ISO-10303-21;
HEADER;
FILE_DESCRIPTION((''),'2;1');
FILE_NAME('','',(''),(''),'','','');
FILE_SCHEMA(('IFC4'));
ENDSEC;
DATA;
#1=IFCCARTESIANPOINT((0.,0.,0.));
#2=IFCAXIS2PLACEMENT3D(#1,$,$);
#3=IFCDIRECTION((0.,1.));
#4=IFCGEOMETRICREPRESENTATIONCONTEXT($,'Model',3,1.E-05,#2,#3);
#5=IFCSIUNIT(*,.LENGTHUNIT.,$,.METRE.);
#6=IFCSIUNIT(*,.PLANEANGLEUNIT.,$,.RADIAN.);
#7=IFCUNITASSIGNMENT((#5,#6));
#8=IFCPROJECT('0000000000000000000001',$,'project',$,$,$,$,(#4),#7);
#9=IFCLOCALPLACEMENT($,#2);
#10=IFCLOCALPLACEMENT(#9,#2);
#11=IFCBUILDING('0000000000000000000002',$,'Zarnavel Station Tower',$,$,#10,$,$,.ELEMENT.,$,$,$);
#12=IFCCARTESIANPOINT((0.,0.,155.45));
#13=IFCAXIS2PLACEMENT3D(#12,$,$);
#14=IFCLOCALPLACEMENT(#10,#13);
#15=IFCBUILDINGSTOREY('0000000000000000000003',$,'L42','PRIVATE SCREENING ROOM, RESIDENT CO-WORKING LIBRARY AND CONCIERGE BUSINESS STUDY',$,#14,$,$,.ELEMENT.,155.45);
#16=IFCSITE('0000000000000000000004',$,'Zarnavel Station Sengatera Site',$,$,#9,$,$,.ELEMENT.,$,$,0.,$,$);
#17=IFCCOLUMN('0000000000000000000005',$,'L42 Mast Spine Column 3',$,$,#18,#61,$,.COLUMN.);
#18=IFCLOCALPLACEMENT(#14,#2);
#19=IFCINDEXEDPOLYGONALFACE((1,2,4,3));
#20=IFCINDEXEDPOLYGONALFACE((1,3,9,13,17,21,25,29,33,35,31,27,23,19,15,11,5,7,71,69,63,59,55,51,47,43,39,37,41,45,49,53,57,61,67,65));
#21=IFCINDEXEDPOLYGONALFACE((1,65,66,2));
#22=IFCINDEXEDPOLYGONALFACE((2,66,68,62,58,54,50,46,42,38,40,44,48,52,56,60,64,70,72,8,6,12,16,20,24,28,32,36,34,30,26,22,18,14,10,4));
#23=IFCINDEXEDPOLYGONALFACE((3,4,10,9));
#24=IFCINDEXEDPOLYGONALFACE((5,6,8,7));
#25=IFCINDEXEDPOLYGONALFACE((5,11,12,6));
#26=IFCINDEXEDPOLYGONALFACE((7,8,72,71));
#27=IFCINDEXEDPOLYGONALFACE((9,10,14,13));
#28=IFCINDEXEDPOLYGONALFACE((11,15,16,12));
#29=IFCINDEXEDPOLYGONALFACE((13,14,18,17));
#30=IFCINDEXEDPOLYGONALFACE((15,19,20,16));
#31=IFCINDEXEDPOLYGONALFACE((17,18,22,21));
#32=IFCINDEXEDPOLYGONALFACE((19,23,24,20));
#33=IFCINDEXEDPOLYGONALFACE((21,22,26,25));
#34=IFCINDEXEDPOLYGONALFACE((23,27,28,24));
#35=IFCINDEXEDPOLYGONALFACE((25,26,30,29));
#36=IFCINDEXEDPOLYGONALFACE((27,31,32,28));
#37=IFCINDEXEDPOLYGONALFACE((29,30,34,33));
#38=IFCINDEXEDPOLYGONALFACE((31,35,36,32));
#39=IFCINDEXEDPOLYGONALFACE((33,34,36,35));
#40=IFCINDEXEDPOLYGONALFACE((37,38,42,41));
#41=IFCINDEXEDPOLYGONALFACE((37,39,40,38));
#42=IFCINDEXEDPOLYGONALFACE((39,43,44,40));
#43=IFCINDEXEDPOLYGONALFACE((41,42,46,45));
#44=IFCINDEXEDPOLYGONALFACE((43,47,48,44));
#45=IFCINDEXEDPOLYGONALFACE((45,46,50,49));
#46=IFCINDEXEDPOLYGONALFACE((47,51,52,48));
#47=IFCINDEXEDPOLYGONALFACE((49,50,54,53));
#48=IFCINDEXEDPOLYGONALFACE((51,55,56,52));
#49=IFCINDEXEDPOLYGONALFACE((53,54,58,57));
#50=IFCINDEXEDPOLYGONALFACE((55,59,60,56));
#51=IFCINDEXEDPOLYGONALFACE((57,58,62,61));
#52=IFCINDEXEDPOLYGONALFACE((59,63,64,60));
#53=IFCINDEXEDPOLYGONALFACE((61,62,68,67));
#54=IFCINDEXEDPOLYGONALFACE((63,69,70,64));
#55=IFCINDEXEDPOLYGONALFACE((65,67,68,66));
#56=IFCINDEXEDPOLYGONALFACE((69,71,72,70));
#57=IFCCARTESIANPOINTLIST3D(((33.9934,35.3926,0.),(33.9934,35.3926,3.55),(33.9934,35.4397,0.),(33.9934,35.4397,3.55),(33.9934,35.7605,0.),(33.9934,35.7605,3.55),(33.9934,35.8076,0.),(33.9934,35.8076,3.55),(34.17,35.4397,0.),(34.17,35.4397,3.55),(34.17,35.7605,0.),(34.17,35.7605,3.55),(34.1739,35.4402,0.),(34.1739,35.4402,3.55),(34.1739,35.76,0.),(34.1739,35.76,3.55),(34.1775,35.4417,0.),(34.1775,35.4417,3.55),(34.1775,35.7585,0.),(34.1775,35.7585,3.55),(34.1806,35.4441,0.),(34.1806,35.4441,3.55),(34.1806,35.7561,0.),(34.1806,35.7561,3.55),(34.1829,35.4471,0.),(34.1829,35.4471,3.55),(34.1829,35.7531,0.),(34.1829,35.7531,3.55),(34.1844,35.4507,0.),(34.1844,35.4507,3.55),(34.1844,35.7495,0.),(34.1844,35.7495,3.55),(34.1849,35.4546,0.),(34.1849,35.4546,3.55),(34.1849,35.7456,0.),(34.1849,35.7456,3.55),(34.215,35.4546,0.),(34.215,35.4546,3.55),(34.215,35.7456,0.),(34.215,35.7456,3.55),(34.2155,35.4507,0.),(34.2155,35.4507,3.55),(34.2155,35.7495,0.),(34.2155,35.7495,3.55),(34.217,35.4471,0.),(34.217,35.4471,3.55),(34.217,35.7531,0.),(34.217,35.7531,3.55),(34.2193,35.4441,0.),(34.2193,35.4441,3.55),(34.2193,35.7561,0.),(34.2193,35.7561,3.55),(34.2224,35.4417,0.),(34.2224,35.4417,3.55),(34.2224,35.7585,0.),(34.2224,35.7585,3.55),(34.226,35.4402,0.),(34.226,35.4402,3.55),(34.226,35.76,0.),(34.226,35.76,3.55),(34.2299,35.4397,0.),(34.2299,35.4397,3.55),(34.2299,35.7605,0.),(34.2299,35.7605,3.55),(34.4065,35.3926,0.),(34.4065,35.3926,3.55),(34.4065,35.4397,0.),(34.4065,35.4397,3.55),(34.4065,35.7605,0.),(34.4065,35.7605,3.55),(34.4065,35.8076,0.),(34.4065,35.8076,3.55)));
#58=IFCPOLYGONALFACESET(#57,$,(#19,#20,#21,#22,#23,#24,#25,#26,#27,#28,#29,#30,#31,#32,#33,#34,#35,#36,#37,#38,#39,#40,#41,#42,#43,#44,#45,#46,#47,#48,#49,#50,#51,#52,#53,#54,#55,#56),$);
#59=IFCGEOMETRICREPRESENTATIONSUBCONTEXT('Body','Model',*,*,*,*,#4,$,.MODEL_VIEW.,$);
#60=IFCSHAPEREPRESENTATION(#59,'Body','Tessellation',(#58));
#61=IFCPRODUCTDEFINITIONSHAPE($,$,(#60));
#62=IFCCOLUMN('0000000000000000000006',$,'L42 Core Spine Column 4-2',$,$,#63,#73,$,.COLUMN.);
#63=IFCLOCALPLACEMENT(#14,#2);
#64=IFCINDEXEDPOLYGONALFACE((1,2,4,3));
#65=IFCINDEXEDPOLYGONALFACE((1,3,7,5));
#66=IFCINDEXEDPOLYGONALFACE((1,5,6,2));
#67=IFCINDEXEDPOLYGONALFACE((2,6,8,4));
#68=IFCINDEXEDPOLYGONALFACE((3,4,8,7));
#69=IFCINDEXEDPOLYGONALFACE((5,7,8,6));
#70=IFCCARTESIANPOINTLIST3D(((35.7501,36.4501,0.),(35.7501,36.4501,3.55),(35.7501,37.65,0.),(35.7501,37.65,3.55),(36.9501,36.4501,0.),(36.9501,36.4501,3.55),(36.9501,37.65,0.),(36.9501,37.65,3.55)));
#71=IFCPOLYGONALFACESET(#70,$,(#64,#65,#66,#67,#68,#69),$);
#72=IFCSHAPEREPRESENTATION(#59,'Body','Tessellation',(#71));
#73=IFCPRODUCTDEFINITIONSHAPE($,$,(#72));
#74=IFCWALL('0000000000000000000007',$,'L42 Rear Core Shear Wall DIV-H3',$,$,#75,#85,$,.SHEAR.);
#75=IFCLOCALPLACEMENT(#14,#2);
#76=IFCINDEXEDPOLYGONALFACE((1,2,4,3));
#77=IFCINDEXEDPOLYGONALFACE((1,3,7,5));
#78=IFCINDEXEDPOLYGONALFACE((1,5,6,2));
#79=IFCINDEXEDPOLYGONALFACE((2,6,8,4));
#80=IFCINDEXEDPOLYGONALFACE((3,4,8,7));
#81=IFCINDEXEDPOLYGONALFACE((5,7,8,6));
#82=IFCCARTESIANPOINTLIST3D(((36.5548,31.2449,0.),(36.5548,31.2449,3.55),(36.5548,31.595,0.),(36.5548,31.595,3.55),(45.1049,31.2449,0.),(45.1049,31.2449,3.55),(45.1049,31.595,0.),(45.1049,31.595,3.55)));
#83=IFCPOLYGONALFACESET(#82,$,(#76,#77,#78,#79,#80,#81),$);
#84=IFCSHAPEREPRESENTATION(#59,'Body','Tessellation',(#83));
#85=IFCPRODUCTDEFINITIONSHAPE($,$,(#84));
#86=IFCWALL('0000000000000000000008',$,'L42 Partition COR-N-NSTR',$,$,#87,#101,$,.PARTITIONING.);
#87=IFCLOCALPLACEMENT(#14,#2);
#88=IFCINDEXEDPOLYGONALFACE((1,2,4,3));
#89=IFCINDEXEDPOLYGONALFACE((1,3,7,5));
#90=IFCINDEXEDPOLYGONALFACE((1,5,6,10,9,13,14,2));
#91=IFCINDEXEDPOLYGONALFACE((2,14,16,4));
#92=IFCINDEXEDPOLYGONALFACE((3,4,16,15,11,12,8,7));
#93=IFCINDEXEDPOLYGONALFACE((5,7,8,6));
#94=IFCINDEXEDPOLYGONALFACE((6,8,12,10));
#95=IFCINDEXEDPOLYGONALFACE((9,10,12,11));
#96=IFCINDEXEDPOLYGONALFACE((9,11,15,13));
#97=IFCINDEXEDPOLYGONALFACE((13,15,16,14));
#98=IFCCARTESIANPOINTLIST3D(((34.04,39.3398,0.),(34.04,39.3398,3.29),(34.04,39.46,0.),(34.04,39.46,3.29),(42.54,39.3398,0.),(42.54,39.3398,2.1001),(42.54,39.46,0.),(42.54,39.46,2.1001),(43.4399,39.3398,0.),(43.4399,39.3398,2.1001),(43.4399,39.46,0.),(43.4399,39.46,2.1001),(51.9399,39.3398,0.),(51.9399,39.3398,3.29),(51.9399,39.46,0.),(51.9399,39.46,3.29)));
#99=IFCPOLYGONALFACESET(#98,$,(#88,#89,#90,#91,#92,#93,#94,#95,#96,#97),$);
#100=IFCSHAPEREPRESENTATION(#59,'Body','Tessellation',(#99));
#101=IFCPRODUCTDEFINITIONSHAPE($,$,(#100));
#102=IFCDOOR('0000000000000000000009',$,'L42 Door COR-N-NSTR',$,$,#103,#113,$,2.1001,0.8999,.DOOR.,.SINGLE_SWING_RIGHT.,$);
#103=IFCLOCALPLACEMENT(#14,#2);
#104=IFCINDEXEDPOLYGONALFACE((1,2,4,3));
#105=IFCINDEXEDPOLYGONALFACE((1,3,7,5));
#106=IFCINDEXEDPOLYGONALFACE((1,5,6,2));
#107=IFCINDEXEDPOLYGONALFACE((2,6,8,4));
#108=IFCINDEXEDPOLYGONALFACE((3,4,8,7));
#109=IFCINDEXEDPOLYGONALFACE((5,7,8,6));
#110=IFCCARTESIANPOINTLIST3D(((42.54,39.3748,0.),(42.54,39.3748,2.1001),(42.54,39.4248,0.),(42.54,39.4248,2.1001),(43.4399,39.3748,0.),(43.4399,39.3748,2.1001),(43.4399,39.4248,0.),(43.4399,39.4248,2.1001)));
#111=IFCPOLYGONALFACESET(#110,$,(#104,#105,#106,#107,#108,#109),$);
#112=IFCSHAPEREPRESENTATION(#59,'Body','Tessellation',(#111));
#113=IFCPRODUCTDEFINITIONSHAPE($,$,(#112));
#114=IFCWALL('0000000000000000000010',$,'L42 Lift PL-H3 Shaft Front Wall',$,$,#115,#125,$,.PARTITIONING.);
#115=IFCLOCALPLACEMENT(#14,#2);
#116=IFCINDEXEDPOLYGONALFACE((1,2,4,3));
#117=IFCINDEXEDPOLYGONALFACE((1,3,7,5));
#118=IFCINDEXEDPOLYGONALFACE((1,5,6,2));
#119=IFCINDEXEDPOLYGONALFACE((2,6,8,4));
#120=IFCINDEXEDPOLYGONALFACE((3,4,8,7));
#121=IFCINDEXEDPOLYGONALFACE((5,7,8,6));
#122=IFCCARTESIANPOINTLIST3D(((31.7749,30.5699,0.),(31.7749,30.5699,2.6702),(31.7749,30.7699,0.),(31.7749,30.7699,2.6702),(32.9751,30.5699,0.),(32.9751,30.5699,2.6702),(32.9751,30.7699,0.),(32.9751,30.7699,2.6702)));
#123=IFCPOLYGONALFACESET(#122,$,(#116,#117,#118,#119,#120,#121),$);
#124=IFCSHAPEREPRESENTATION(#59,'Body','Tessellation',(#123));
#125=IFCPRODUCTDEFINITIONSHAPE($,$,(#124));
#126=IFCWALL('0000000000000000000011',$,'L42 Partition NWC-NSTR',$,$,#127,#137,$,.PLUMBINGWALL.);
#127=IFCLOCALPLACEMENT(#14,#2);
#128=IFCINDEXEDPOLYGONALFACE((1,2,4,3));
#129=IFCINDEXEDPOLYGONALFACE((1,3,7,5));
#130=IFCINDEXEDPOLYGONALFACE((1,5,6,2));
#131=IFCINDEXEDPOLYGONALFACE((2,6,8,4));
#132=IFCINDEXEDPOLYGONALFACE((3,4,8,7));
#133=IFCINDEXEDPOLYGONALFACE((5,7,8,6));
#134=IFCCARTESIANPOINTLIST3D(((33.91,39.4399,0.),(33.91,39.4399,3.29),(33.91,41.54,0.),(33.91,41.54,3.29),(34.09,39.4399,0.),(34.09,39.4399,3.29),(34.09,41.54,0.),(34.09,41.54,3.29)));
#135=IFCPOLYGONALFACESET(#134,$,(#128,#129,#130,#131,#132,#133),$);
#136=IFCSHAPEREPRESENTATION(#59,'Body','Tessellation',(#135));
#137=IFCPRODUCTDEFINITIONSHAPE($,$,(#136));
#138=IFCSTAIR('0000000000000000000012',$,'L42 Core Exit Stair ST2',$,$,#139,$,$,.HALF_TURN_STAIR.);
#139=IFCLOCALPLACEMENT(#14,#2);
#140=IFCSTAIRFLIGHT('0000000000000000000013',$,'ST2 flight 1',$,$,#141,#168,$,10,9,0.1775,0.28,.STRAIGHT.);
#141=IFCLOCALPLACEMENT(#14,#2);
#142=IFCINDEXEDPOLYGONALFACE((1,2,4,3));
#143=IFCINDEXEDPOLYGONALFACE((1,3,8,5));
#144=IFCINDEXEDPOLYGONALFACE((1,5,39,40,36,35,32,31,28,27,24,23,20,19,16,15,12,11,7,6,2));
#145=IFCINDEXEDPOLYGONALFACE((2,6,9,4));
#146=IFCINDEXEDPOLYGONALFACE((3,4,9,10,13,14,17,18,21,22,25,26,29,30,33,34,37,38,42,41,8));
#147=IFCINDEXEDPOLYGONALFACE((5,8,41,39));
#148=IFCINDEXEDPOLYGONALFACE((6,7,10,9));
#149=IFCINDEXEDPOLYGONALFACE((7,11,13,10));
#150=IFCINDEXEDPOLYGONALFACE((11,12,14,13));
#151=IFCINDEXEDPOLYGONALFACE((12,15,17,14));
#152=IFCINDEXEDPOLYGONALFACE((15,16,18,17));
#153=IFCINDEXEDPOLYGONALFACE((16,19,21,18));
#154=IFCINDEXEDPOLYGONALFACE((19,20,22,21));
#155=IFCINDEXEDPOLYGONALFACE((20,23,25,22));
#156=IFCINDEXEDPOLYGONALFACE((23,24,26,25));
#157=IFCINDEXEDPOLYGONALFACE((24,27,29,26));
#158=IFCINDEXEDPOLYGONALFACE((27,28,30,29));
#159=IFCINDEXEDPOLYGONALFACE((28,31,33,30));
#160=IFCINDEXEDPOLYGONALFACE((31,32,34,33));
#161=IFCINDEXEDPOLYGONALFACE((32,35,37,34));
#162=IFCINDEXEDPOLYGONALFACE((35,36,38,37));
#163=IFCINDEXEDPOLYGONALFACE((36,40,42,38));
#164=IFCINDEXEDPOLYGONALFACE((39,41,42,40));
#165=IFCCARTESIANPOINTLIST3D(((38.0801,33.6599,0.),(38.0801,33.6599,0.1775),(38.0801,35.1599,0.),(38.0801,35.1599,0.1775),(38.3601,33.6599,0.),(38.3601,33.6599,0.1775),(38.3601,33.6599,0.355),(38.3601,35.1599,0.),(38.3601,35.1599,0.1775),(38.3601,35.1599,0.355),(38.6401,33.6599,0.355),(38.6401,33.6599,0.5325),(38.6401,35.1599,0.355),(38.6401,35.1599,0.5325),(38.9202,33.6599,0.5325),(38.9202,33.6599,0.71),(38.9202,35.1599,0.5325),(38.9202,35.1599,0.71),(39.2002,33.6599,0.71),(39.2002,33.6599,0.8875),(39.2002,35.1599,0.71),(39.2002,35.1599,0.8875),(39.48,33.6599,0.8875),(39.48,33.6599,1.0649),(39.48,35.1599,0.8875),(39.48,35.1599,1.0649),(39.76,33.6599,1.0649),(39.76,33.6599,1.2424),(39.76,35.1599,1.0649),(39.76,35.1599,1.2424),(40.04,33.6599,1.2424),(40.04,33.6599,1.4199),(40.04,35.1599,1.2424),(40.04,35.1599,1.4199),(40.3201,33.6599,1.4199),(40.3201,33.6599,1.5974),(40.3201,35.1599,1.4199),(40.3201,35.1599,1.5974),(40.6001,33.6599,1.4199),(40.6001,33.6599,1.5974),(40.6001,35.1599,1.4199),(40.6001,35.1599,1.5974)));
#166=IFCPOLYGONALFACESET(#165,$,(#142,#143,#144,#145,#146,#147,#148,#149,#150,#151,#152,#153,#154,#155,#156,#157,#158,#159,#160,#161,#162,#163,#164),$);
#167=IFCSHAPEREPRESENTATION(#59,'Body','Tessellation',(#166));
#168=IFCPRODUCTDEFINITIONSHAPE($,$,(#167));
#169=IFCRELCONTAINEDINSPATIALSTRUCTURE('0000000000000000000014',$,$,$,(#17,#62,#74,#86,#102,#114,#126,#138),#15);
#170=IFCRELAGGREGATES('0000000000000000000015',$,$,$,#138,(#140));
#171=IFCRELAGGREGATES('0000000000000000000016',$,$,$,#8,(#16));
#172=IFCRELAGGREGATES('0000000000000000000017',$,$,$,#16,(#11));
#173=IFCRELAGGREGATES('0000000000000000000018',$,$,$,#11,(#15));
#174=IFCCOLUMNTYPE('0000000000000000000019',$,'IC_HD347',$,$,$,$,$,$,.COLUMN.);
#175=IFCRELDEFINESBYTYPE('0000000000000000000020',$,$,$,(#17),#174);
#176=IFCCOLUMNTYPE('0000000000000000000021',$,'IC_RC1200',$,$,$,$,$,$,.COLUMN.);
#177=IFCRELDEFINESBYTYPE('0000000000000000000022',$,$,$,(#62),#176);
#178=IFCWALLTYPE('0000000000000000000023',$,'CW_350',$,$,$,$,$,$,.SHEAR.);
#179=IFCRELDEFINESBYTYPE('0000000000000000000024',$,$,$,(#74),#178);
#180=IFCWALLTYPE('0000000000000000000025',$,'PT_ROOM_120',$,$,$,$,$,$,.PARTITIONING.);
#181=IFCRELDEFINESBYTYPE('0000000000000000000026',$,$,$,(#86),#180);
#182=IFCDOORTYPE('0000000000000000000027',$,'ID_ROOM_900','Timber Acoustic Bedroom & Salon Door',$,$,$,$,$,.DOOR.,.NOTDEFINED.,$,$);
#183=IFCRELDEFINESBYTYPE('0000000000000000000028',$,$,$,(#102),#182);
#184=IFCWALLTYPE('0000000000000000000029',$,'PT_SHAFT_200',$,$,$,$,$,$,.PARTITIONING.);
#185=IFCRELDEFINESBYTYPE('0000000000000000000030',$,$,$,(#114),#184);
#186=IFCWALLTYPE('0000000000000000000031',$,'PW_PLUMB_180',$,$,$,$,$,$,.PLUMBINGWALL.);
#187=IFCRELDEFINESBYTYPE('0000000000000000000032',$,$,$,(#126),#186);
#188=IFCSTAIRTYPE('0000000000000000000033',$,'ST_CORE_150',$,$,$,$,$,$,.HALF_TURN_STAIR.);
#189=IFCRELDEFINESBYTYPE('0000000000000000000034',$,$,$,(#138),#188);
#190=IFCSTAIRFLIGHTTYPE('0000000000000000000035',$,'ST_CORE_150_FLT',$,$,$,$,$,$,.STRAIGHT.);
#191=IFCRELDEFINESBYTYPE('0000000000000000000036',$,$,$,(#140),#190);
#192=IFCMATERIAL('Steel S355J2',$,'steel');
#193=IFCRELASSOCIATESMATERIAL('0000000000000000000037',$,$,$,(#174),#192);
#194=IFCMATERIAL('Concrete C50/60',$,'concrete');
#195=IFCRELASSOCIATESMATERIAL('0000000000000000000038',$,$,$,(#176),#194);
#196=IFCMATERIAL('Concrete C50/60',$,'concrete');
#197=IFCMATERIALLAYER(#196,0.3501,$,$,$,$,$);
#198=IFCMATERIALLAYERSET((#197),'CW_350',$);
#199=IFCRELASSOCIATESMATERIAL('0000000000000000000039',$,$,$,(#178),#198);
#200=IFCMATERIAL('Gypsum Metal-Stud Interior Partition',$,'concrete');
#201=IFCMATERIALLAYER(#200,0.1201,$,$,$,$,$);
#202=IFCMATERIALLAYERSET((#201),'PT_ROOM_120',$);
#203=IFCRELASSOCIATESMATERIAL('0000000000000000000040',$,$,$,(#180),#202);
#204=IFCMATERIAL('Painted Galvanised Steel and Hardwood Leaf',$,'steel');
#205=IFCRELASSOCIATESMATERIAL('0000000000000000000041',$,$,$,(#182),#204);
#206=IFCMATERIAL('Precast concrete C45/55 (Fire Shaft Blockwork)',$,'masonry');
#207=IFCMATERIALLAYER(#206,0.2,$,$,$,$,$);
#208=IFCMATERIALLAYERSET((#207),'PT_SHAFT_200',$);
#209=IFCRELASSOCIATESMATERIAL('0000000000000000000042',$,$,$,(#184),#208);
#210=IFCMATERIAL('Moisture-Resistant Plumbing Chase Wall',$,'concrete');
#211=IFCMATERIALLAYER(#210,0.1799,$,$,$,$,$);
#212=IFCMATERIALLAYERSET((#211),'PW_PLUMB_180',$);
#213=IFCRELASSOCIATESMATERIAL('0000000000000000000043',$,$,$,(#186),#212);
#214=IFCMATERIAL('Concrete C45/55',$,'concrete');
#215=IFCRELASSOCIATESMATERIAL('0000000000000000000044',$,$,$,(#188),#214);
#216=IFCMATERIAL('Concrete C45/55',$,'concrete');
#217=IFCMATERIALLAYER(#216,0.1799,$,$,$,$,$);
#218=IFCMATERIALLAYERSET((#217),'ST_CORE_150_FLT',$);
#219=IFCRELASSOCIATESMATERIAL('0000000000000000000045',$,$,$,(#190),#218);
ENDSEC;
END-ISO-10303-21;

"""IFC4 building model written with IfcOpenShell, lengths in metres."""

from ifc_helpers import new_model, si_unit, direction, frame, frame_2d, origin, origin_2d, place, context, subcontext, project, spatial, polyline, rectangle, i_section, outline, extrude, material, layer, layer_set, material_profile, profile_set, type_object, element, fill, aggregate, save


model = new_model("IFC4")

# Units and contexts
model_context = context("Model", 3, precision=1e-05, world=origin(), true_north=direction((0.0, 1.0)))
body_context = subcontext(model_context, "Body", "Model", "MODEL_VIEW")
ifc_project = project(units=[si_unit("LENGTHUNIT", "METRE"), si_unit("PLANEANGLEUNIT", "RADIAN")], contexts=[model_context])

# Site, building, storey
site_placement = place(None, origin())
site = spatial("IfcSite", under=ifc_project, at=site_placement, Name="Zarnavel Station Sengatera Site", CompositionType="ELEMENT", RefElevation=0.0)
building_placement = place(site_placement, origin())
building = spatial("IfcBuilding", under=site, at=building_placement, Name="Zarnavel Station Tower", CompositionType="ELEMENT")
storey_placement = place(building_placement, frame((0.0, 0.0, 155.45)))
storey = spatial("IfcBuildingStorey", under=building, at=storey_placement, Name="L42", Description="PRIVATE SCREENING ROOM, RESIDENT CO-WORKING LIBRARY AND CONCIERGE BUSINESS STUDY", CompositionType="ELEMENT", Elevation=155.45)

# Columns
ifc_material_1 = material(Name="Steel S355J2", Category="steel")
ifc_material_profile_1 = material_profile(ifc_material_1, i_section(OverallWidth=0.4131, OverallDepth=0.415, WebThickness=0.03, FlangeThickness=0.0471, FilletRadius=0.0149, at=origin_2d()), Name="HD400x347")
ifc_profile_set_1 = profile_set([ifc_material_profile_1], Name="Steel S355J2")
column_type_1 = type_object("IfcColumnType", Name="IC_HD347", PredefinedType="COLUMN", material=ifc_profile_set_1)
column_1_placement = place(storey_placement, frame((34.2, 35.6001, 0.0), z_axis=(0.0, 0.0, 1.0), x_axis=(1.0, 0.0, 0.0)))
element("IfcColumn", 1, at=column_1_placement, inside=storey, type_object=column_type_1, Name="L42 Mast Spine Column 3", PredefinedType="COLUMN", context=body_context, shape_type="SweptSolid", body=[
    extrude(i_section(OverallWidth=0.4131, OverallDepth=0.415, WebThickness=0.03, FlangeThickness=0.0471, FilletRadius=0.0149, at=origin_2d()), origin(), (0.0, 0.0, 1.0), 3.55),
])
ifc_material_2 = material(Name="Concrete C50/60", Category="concrete")
ifc_material_profile_2 = material_profile(ifc_material_2, rectangle(XDim=1.2, YDim=1.2, at=origin_2d()), Name="RC1200x1200")
ifc_profile_set_2 = profile_set([ifc_material_profile_2], Name="Concrete C50/60")
column_type_2 = type_object("IfcColumnType", Name="IC_RC1200", PredefinedType="COLUMN", material=ifc_profile_set_2)
column_2_placement = place(storey_placement, frame((36.3501, 37.05, 0.0), z_axis=(0.0, 0.0, 1.0), x_axis=(1.0, 0.0, 0.0)))
element("IfcColumn", 2, at=column_2_placement, inside=storey, type_object=column_type_2, Name="L42 Core Spine Column 4-2", PredefinedType="COLUMN", context=body_context, shape_type="SweptSolid", body=[
    extrude(rectangle(XDim=1.2, YDim=1.2, at=origin_2d()), origin(), (0.0, 0.0, 1.0), 3.55),
])

# Wall
ifc_material_3 = material(Name="Concrete C50/60", Category="concrete")
ifc_layer_1 = layer(ifc_material_3, 0.3501)
ifc_layer_set_1 = layer_set([ifc_layer_1], Name="CW_350")
wall_type_1 = type_object("IfcWallType", Name="CW_350", PredefinedType="SHEAR", material=ifc_layer_set_1)
wall_1_placement = place(storey_placement, frame((36.5549, 31.4199, 0.0), z_axis=(0.0, 0.0, 1.0), x_axis=(1.0, 0.0, 0.0)))
element("IfcWall", 3, at=wall_1_placement, inside=storey, type_object=wall_type_1, Name="L42 Rear Core Shear Wall DIV-H3", PredefinedType="SHEAR", context=body_context, shape_type="SweptSolid", body=[
    extrude(rectangle(XDim=8.55, YDim=0.3501, at=frame_2d((4.2749, 0.0))), origin(), (0.0, 0.0, 1.0), 3.55),
])

# Wall, opening, door
ifc_material_4 = material(Name="Gypsum Metal-Stud Interior Partition", Category="concrete")
ifc_layer_2 = layer(ifc_material_4, 0.1201)
ifc_layer_set_2 = layer_set([ifc_layer_2], Name="PT_ROOM_120")
wall_type_2 = type_object("IfcWallType", Name="PT_ROOM_120", PredefinedType="PARTITIONING", material=ifc_layer_set_2)
wall_2_placement = place(storey_placement, frame((34.04, 39.3999, 0.0), z_axis=(0.0, 0.0, 1.0), x_axis=(1.0, 0.0, 0.0)))
wall_2 = element("IfcWall", 4, at=wall_2_placement, inside=storey, type_object=wall_type_2, Name="L42 Partition COR-N-NSTR", PredefinedType="PARTITIONING", context=body_context, shape_type="SweptSolid", body=[
    extrude(rectangle(XDim=17.8999, YDim=0.1201, at=frame_2d((8.95, 0.0))), origin(), (0.0, 0.0, 1.0), 3.29),
])
opening_1_placement = place(wall_2_placement, frame((8.5, 0.0, 0.0)))
opening_1 = element("IfcOpeningElement", 5, at=opening_1_placement, cuts=wall_2, PredefinedType="OPENING", context=body_context, shape_type="SweptSolid", body=[
    extrude(rectangle(XDim=0.8999, YDim=2.1001, at=frame_2d((0.45, 1.05))), frame((0.0, 0.0701, 0.0), z_axis=(0.0, -1.0, 0.0), x_axis=(1.0, 0.0, 0.0)), (0.0, 0.0, 1.0), 0.1401),
])
ifc_material_5 = material(Name="Painted Galvanised Steel and Hardwood Leaf", Category="steel")
door_type_1 = type_object("IfcDoorType", Name="ID_ROOM_900", Description="Timber Acoustic Bedroom & Salon Door", OperationType="NOTDEFINED", PredefinedType="DOOR", material=ifc_material_5)
door_1_placement = place(opening_1_placement, origin())
door_1 = element("IfcDoor", 6, at=door_1_placement, inside=storey, type_object=door_type_1, Name="L42 Door COR-N-NSTR", OperationType="SINGLE_SWING_RIGHT", OverallHeight=2.1001, OverallWidth=0.8999, PredefinedType="DOOR", context=body_context, shape_type="SweptSolid", body=[
    extrude(rectangle(XDim=0.8999, YDim=2.1001, at=frame_2d((0.45, 1.05))), frame((0.0, 0.0249, 0.0), z_axis=(0.0, -1.0, 0.0), x_axis=(1.0, 0.0, 0.0)), (0.0, 0.0, 1.0), 0.05),
])
fill(opening_1, door_1)
ifc_material_6 = material(Name="Precast concrete C45/55 (Fire Shaft Blockwork)", Category="masonry")
ifc_layer_3 = layer(ifc_material_6, 0.2)
ifc_layer_set_3 = layer_set([ifc_layer_3], Name="PT_SHAFT_200")
wall_type_3 = type_object("IfcWallType", Name="PT_SHAFT_200", PredefinedType="PARTITIONING", material=ifc_layer_set_3)

# Wall
wall_3_placement = place(storey_placement, frame((31.7749, 30.6699, 0.0), z_axis=(0.0, 0.0, 1.0), x_axis=(1.0, 0.0, 0.0)))
element("IfcWall", 7, at=wall_3_placement, inside=storey, type_object=wall_type_3, Name="L42 Lift PL-H3 Shaft Front Wall", PredefinedType="PARTITIONING", context=body_context, shape_type="SweptSolid", body=[
    extrude(rectangle(XDim=1.2002, YDim=0.2, at=frame_2d((0.6001, 0.0))), origin(), (0.0, 0.0, 1.0), 2.6702),
])

# Wall
ifc_material_7 = material(Name="Moisture-Resistant Plumbing Chase Wall", Category="concrete")
ifc_layer_4 = layer(ifc_material_7, 0.1799)
ifc_layer_set_4 = layer_set([ifc_layer_4], Name="PW_PLUMB_180")
wall_type_4 = type_object("IfcWallType", Name="PW_PLUMB_180", PredefinedType="PLUMBINGWALL", material=ifc_layer_set_4)
wall_4_placement = place(storey_placement, frame((34.0, 39.4399, 0.0), z_axis=(0.0, 0.0, 1.0), x_axis=(0.0, 1.0, 0.0)))
element("IfcWall", 8, at=wall_4_placement, inside=storey, type_object=wall_type_4, Name="L42 Partition NWC-NSTR", PredefinedType="PLUMBINGWALL", context=body_context, shape_type="SweptSolid", body=[
    extrude(rectangle(XDim=2.1001, YDim=0.1799, at=frame_2d((1.05, 0.0))), origin(), (0.0, 0.0, 1.0), 3.29),
])

# Stair, stair flight
ifc_material_8 = material(Name="Concrete C45/55", Category="concrete")
stair_type = type_object("IfcStairType", Name="ST_CORE_150", PredefinedType="HALF_TURN_STAIR", material=ifc_material_8)
stair_placement = place(storey_placement, origin())
stair = element("IfcStair", 9, at=stair_placement, inside=storey, type_object=stair_type, Name="L42 Core Exit Stair ST2", PredefinedType="HALF_TURN_STAIR")
ifc_material_9 = material(Name="Concrete C45/55", Category="concrete")
ifc_layer_5 = layer(ifc_material_9, 0.1799)
ifc_layer_set_5 = layer_set([ifc_layer_5], Name="ST_CORE_150_FLT")
stair_flight_type = type_object("IfcStairFlightType", Name="ST_CORE_150_FLT", PredefinedType="STRAIGHT", material=ifc_layer_set_5)
stair_flight_1_placement = place(storey_placement, frame((38.0801, 34.4099, 0.0), z_axis=(0.0, 0.0, 1.0), x_axis=(1.0, 0.0, 0.0)))
stair_flight_1 = element("IfcStairFlight", 10, at=stair_flight_1_placement, type_object=stair_flight_type, Name="ST2 flight 1", NumberOfRisers=10, NumberOfTreads=9, PredefinedType="STRAIGHT", RiserHeight=0.1775, TreadLength=0.28, context=body_context, shape_type="SweptSolid", body=[
    extrude(outline(polyline([(0.0, 0.0), (0.0, 0.1775), (0.28, 0.1775), (0.28, 0.355), (0.5601, 0.355), (0.5601, 0.5325), (0.8401, 0.5325), (0.8401, 0.71), (1.1201, 0.71), (1.1201, 0.8875), (1.3999, 0.8875), (1.3999, 1.0649), (1.6799, 1.0649), (1.6799, 1.2424), (1.96, 1.2424), (1.96, 1.4199), (2.24, 1.4199), (2.24, 1.5974), (2.52, 1.5974), (2.52, 1.7749), (2.52, 1.4199), (0.28, 0.0), (0.0, 0.0)])), frame((0.0, 0.75, 0.0), z_axis=(0.0, -1.0, 0.0), x_axis=(1.0, 0.0, 0.0)), (0.0, 0.0, 1.0), 1.5),
])
aggregate(stair, [stair_flight_1])

save(model, "model.ifc")
